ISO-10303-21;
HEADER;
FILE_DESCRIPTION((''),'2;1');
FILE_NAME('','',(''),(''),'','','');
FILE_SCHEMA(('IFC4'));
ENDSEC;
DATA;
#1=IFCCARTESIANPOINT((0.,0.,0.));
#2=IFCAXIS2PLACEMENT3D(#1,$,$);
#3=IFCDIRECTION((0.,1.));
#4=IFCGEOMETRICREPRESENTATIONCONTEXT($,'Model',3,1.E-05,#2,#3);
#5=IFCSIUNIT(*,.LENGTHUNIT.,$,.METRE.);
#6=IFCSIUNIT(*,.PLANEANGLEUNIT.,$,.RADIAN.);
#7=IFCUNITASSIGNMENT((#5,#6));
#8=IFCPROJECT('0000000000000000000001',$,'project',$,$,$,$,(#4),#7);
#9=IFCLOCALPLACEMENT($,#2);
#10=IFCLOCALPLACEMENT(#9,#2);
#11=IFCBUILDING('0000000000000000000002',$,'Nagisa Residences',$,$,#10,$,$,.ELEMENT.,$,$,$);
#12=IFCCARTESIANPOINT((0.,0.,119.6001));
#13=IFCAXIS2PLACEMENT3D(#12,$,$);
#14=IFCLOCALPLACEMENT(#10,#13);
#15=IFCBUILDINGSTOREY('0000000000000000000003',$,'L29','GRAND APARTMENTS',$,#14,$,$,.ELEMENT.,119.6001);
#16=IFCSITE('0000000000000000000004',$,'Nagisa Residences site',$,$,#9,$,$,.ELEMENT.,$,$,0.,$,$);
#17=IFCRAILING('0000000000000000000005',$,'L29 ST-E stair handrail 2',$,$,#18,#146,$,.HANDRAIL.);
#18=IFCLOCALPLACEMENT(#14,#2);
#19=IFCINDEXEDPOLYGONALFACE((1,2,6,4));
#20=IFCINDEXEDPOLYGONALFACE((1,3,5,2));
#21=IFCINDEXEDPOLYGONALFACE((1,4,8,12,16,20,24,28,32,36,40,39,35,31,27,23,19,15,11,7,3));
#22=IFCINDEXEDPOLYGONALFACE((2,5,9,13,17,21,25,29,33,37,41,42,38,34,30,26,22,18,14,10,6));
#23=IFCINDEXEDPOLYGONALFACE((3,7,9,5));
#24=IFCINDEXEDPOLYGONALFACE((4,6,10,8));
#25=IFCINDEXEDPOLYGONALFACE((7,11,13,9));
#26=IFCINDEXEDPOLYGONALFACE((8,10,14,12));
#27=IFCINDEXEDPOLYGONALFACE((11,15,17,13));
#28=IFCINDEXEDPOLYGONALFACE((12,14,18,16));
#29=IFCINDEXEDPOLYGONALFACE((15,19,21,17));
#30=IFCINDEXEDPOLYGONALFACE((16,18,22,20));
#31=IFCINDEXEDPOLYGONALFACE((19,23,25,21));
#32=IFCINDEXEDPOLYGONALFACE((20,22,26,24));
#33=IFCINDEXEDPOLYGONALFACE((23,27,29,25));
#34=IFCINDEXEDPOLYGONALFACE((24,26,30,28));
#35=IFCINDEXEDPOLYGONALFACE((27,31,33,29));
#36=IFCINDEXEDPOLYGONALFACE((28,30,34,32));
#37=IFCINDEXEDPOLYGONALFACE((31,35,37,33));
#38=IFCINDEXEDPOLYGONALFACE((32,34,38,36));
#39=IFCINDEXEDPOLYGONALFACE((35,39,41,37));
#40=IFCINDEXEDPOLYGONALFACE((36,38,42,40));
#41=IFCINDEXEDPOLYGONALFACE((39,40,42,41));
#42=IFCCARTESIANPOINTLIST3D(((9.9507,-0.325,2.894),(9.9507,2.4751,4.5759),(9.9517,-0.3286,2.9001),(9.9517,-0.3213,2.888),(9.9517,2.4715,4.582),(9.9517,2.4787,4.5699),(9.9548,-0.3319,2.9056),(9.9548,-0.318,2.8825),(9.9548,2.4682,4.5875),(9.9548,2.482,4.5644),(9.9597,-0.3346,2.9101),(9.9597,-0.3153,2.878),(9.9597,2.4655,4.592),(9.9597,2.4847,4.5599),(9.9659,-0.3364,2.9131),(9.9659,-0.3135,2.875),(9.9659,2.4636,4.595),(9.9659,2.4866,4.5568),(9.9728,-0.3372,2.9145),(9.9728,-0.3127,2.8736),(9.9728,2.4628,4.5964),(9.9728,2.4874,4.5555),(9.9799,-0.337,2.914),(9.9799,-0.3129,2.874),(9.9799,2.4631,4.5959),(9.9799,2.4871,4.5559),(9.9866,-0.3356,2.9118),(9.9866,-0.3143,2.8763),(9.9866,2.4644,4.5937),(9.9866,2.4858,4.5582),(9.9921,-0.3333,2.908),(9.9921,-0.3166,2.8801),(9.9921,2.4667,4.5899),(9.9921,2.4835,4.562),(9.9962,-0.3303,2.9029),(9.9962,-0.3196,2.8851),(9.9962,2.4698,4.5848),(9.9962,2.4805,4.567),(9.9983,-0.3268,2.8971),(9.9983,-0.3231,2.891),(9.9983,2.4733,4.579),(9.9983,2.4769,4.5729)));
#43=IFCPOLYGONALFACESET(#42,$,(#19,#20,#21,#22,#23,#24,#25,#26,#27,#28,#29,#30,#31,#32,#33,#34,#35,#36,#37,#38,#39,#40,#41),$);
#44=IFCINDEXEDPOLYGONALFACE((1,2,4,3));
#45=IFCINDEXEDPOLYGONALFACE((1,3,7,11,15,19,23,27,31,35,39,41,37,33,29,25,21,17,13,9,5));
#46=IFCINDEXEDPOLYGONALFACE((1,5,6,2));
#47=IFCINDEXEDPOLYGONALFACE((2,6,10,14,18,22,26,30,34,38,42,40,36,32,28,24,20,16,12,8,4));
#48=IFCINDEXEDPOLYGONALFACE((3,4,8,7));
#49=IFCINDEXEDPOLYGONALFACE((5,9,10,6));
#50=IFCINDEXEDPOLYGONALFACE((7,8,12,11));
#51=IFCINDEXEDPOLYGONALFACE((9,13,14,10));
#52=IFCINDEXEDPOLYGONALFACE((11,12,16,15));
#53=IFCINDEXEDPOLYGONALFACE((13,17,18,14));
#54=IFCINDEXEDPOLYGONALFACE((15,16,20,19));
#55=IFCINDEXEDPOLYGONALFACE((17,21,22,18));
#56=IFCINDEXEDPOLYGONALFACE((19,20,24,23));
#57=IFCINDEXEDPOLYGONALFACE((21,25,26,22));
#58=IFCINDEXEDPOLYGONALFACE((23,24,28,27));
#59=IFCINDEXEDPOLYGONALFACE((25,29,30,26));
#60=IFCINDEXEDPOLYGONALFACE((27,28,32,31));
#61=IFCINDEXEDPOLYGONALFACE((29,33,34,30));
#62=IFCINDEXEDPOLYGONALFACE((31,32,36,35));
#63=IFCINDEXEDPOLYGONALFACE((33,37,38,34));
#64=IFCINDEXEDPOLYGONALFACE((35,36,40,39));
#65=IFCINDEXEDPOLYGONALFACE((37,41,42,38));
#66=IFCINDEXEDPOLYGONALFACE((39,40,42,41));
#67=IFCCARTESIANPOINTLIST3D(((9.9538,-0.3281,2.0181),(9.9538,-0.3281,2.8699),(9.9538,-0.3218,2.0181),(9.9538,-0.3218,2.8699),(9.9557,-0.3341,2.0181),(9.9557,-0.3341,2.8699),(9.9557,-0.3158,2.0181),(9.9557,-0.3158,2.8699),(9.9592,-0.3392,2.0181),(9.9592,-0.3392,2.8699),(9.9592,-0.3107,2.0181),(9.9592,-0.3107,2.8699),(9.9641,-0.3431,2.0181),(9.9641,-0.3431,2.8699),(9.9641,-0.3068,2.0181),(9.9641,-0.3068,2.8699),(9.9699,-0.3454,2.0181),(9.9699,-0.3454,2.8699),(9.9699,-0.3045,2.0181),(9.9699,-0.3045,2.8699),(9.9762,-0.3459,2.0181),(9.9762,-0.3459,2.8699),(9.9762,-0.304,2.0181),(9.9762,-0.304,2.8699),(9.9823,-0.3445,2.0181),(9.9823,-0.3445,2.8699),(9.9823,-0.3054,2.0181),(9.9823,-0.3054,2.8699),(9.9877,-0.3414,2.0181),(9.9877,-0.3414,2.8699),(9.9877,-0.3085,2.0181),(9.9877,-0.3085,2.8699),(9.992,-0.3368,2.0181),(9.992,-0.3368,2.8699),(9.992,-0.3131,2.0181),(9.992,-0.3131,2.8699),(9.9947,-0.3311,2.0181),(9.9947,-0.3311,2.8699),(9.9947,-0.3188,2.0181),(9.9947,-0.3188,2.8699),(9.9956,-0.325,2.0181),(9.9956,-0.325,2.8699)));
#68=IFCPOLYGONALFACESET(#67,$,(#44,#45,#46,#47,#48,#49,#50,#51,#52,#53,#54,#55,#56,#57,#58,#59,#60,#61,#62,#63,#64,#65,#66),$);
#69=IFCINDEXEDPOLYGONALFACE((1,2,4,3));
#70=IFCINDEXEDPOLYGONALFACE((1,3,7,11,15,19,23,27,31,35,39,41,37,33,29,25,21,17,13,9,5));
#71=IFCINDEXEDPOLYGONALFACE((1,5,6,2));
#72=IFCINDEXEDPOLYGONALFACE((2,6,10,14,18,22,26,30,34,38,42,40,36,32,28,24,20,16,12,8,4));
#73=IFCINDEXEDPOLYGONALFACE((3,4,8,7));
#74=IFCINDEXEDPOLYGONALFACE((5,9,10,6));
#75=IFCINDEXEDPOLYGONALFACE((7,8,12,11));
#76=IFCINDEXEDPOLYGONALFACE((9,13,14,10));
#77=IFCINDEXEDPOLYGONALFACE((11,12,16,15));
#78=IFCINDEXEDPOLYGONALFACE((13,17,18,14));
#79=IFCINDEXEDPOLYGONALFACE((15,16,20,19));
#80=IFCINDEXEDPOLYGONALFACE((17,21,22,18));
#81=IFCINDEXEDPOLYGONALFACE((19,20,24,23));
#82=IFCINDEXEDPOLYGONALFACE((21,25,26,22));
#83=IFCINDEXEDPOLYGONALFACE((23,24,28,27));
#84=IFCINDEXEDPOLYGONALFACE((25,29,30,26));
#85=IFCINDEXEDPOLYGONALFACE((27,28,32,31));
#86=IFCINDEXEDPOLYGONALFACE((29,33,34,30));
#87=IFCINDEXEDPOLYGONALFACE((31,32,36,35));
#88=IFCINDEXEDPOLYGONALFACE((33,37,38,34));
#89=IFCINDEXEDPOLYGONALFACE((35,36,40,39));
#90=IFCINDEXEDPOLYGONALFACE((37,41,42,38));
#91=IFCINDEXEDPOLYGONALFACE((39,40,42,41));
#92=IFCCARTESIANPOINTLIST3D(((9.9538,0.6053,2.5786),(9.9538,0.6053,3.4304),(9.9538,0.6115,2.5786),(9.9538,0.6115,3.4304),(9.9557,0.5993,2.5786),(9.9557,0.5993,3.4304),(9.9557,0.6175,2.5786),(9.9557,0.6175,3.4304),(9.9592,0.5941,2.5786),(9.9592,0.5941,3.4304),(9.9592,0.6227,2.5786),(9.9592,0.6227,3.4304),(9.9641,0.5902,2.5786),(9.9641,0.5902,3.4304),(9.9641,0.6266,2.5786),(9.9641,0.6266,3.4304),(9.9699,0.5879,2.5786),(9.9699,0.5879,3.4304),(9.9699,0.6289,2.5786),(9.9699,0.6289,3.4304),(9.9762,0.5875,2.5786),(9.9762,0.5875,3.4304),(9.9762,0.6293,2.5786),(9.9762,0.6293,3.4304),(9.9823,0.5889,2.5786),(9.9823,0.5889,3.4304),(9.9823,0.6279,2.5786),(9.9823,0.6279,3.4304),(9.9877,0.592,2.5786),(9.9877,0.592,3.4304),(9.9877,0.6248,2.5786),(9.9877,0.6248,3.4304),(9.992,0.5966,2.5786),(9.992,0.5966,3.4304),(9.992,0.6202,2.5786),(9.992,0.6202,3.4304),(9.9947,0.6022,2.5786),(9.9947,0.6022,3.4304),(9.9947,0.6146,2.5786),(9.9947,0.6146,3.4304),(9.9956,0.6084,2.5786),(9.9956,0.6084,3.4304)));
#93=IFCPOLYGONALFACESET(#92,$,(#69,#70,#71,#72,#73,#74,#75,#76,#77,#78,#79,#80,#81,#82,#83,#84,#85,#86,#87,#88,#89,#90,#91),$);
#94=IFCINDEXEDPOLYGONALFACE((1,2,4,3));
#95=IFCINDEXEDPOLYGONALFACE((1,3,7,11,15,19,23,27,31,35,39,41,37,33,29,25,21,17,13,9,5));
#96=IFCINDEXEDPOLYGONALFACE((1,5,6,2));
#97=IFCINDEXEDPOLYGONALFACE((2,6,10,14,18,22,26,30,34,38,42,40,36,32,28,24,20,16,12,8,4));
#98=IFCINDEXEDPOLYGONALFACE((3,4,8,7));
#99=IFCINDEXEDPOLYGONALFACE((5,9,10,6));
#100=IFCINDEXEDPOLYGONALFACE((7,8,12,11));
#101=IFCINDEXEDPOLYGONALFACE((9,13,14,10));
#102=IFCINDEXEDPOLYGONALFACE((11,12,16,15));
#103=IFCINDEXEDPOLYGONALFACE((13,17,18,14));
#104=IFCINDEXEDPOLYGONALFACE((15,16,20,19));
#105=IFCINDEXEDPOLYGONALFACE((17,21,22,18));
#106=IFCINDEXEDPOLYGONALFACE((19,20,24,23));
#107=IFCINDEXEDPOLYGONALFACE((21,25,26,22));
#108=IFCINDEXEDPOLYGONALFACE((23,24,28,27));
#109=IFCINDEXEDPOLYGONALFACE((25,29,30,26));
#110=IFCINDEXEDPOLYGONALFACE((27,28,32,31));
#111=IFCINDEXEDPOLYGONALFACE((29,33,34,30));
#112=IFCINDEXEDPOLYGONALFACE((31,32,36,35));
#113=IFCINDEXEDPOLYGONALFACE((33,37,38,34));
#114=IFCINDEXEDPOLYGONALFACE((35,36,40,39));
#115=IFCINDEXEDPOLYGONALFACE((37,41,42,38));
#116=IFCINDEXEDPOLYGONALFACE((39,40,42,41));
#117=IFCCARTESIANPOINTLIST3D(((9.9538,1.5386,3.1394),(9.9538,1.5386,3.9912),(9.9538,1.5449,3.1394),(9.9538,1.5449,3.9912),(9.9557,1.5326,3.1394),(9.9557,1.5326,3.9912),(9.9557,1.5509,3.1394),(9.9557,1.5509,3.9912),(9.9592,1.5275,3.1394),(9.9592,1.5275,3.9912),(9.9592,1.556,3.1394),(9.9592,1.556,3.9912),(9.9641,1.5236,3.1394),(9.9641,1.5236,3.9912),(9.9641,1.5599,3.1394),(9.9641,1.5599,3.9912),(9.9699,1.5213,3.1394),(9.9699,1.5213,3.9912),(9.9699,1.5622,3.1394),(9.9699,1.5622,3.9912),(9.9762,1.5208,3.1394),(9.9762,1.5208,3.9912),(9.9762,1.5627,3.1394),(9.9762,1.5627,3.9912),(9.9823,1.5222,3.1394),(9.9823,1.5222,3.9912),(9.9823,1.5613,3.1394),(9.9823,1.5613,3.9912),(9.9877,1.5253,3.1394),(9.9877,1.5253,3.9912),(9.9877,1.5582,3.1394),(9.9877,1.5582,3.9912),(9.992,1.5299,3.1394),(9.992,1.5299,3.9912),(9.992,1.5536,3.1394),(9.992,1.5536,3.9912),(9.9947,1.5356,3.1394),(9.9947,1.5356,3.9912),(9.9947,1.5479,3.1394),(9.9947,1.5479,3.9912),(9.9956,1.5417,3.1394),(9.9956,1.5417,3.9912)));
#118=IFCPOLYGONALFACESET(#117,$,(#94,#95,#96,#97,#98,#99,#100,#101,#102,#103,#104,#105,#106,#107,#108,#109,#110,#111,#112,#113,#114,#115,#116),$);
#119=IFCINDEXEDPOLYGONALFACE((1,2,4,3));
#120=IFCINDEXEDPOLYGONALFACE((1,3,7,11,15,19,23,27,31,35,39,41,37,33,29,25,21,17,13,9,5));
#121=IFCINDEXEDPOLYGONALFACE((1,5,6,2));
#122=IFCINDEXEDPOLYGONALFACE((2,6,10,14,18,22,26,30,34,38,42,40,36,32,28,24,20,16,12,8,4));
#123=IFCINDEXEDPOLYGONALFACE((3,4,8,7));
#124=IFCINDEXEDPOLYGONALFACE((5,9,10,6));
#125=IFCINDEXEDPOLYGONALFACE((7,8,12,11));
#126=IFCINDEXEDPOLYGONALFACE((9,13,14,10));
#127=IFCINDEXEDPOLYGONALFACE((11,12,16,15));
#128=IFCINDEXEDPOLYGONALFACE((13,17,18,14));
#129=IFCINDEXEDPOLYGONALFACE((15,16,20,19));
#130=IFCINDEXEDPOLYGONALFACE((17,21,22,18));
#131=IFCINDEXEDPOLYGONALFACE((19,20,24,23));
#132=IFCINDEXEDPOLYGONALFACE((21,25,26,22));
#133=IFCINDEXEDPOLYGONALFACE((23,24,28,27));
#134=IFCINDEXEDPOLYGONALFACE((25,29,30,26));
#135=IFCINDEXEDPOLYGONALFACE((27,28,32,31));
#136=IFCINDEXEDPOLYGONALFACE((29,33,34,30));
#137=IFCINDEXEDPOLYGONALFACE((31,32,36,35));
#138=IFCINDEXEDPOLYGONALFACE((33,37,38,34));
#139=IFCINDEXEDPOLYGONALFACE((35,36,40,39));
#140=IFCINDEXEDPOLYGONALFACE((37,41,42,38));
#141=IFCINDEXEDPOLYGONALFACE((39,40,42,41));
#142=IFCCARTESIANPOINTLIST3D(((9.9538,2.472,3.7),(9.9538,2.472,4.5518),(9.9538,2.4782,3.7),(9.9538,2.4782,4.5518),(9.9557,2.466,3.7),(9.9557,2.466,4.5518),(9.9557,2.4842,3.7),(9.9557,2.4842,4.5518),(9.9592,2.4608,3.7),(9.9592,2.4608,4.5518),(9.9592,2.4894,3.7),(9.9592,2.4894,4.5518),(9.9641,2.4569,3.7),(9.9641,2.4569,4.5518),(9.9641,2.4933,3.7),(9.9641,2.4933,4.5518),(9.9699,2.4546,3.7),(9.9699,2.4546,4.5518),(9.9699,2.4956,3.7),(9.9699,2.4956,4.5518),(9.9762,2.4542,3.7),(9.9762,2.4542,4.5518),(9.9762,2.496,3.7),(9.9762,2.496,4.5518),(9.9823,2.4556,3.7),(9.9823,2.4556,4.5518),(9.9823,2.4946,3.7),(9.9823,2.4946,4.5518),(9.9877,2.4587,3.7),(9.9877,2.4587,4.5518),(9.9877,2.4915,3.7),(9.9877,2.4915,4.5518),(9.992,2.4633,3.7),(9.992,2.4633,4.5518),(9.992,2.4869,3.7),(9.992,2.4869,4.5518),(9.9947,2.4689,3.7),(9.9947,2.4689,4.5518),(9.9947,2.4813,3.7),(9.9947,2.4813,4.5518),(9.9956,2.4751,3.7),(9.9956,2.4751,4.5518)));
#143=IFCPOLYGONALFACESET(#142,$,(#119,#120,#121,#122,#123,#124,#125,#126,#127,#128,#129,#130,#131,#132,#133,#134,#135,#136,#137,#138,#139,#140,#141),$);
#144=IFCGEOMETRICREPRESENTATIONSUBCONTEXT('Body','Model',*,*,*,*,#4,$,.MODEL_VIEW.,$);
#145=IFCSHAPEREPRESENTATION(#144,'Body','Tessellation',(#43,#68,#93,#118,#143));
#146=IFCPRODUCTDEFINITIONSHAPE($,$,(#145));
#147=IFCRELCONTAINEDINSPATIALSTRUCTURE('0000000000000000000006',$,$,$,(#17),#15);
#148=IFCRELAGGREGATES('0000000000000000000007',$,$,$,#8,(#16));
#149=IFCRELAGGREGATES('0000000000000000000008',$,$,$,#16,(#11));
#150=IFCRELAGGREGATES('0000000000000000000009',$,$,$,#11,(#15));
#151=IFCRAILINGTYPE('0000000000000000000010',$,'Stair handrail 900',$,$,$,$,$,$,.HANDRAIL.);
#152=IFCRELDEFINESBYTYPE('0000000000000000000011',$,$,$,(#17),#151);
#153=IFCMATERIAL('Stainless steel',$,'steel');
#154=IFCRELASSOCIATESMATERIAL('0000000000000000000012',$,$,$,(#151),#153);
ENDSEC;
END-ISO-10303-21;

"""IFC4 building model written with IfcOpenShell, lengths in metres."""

from ifc_helpers import new_model, si_unit, direction, frame, origin, origin_2d, place, context, subcontext, project, spatial, circle, extrude, material, type_object, element, save


model = new_model("IFC4")

# Units and contexts
model_context = context("Model", 3, precision=1e-05, world=origin(), true_north=direction((0.0, 1.0)))
body_context = subcontext(model_context, "Body", "Model", "MODEL_VIEW")
ifc_project = project(units=[si_unit("LENGTHUNIT", "METRE"), si_unit("PLANEANGLEUNIT", "RADIAN")], contexts=[model_context])

# Site, building, storey
site_placement = place(None, origin())
site = spatial("IfcSite", under=ifc_project, at=site_placement, Name="Nagisa Residences site", CompositionType="ELEMENT", RefElevation=0.0)
building_placement = place(site_placement, origin())
building = spatial("IfcBuilding", under=site, at=building_placement, Name="Nagisa Residences", CompositionType="ELEMENT")
storey_placement = place(building_placement, frame((0.0, 0.0, 119.6001)))
storey = spatial("IfcBuildingStorey", under=building, at=storey_placement, Name="L29", Description="GRAND APARTMENTS", CompositionType="ELEMENT", Elevation=119.6001)

# Railing
ifc_material_1 = material(Name="Stainless steel", Category="steel")
railing_type_1 = type_object("IfcRailingType", Name="Stair handrail 900", PredefinedType="HANDRAIL", material=ifc_material_1)
railing_1_placement = place(storey_placement, frame((9.9746, -0.325, 2.0181)))
element("IfcRailing", 1, at=railing_1_placement, inside=storey, type_object=railing_type_1, Name="L29 ST-E stair handrail 2", PredefinedType="HANDRAIL", context=body_context, shape_type="SweptSolid", body=[
    extrude(circle(Radius=0.0239, at=origin_2d()), frame((0.0, 0.0, 0.876), z_axis=(0.0, 0.857242, 0.514913), x_axis=(-1.0, 0.0, 0.0)), (0.0, 0.0, 1.0), 3.2664),
    extrude(circle(Radius=0.021, at=origin_2d()), origin(), (0.0, 0.0, 1.0), 0.8518),
    extrude(circle(Radius=0.021, at=origin_2d()), frame((0.0, 0.9333, 0.5605)), (0.0, 0.0, 1.0), 0.8518),
    extrude(circle(Radius=0.021, at=origin_2d()), frame((0.0, 1.8667, 1.1213)), (0.0, 0.0, 1.0), 0.8518),
    extrude(circle(Radius=0.021, at=origin_2d()), frame((0.0, 2.8, 1.6819)), (0.0, 0.0, 1.0), 0.8518),
])

save(model, "model.ifc")
